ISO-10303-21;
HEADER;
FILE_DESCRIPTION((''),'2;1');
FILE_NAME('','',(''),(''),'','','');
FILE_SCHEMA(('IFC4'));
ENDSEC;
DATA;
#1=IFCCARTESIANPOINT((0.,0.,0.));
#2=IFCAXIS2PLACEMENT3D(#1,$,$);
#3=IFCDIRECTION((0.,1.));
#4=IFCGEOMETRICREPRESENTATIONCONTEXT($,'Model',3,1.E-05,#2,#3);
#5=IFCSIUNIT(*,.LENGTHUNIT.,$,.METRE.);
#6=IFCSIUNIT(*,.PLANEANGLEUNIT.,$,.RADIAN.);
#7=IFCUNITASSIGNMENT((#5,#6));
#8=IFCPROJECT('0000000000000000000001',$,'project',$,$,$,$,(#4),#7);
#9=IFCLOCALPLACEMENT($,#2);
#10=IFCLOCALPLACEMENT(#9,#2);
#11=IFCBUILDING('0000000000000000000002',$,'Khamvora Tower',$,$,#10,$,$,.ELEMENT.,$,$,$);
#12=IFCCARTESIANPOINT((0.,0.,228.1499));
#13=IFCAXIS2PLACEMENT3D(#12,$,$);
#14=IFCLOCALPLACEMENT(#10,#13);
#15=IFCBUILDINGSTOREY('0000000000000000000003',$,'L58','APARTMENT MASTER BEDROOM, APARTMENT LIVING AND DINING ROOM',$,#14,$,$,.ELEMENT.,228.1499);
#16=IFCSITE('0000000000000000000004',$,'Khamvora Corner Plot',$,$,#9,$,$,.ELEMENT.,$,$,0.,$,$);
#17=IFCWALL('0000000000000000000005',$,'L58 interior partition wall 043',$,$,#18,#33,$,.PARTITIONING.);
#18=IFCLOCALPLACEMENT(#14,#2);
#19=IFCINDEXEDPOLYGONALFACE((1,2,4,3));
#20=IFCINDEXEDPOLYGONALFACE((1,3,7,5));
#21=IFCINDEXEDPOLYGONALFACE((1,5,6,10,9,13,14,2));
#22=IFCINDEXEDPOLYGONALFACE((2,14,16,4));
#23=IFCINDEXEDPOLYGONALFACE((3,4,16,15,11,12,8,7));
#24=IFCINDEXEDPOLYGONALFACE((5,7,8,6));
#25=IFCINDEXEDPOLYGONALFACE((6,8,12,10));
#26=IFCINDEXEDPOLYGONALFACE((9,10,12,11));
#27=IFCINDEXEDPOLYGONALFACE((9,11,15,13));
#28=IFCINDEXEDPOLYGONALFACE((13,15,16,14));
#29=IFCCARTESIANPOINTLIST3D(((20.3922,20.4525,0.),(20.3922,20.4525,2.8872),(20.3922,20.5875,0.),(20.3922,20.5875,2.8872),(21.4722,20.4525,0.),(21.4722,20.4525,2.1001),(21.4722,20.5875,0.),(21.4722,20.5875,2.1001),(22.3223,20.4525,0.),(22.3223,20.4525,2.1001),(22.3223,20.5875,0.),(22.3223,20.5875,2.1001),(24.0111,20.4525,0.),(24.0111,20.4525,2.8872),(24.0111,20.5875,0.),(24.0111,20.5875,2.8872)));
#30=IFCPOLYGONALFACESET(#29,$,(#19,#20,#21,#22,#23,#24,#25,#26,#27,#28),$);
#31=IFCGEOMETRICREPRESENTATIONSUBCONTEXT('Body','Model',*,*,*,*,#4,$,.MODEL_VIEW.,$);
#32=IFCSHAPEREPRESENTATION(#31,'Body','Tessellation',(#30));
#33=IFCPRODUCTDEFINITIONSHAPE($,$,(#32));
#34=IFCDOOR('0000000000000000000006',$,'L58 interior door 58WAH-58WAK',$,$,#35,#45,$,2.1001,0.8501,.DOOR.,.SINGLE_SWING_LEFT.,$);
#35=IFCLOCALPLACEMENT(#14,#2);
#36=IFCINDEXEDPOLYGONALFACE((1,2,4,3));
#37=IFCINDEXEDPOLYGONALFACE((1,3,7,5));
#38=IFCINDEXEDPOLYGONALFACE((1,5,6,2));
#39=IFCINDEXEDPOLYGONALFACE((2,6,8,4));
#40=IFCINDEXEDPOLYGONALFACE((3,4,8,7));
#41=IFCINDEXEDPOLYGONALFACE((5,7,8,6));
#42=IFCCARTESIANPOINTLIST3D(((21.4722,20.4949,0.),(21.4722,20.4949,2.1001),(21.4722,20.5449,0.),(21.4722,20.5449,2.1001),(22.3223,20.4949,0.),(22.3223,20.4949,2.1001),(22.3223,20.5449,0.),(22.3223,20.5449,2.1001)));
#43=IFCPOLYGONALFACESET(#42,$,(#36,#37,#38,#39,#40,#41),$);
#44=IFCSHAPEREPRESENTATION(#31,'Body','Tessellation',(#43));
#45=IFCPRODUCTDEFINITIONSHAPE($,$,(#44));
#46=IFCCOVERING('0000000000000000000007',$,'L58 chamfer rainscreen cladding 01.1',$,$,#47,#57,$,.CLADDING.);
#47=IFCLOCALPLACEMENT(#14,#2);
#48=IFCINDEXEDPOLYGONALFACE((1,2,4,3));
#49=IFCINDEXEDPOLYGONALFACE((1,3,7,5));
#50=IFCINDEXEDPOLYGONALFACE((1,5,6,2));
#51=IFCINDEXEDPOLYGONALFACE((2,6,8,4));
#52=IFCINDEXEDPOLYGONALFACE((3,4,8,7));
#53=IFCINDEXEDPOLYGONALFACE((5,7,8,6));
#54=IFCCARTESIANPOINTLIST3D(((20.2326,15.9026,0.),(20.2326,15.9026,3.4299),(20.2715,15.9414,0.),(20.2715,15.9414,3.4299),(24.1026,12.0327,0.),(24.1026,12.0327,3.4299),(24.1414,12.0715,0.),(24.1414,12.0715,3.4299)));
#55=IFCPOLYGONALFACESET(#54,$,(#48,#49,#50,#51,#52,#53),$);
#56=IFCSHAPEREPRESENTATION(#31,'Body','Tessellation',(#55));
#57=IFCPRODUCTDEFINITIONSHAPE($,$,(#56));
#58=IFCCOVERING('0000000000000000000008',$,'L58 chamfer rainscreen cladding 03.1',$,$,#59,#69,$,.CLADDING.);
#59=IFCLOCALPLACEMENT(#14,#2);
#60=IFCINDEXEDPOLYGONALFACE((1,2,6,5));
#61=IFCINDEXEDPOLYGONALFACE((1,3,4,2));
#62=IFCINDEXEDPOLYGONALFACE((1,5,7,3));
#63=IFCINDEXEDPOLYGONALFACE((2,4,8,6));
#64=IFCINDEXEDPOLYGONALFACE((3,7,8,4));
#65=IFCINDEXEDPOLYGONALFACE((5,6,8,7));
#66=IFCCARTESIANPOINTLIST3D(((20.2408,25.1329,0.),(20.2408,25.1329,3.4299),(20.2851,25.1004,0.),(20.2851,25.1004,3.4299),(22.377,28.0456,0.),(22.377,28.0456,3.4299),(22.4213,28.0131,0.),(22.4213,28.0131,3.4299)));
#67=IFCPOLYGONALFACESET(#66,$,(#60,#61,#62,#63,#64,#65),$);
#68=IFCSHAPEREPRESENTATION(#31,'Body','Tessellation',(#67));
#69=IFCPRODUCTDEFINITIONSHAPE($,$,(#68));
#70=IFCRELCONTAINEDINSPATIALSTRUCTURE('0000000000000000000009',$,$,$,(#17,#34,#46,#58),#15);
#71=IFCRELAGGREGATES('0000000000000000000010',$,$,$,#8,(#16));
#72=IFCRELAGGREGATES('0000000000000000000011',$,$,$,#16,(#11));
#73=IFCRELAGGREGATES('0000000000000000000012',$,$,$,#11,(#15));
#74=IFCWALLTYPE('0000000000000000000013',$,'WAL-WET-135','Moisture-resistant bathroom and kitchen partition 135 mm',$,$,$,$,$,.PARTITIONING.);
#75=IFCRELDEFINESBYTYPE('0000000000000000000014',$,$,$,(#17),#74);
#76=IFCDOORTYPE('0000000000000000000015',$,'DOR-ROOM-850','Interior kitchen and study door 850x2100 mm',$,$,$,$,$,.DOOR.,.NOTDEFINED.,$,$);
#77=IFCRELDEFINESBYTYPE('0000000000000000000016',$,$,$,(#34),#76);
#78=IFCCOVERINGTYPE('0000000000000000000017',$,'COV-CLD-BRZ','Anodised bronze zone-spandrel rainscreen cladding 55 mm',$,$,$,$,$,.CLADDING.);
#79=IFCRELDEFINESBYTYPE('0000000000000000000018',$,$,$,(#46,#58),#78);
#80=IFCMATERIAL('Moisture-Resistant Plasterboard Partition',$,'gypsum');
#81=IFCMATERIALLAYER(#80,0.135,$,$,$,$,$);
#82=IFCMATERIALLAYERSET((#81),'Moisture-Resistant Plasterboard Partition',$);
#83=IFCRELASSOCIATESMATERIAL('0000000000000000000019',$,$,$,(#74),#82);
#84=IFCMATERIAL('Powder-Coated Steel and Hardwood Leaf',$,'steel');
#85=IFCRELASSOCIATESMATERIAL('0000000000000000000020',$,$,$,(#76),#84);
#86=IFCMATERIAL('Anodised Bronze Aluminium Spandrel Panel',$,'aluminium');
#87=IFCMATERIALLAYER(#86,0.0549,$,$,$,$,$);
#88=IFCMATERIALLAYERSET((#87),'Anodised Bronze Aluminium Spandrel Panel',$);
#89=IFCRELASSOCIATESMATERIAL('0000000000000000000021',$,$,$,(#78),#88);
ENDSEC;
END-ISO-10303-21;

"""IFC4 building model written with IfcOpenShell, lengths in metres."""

from ifc_helpers import new_model, si_unit, direction, frame, frame_2d, origin, origin_2d, place, context, subcontext, project, spatial, rectangle, extrude, material, layer, layer_set, type_object, element, fill, save


model = new_model("IFC4")

# Units and contexts
model_context = context("Model", 3, precision=1e-05, world=origin(), true_north=direction((0.0, 1.0)))
body_context = subcontext(model_context, "Body", "Model", "MODEL_VIEW")
ifc_project = project(units=[si_unit("LENGTHUNIT", "METRE"), si_unit("PLANEANGLEUNIT", "RADIAN")], contexts=[model_context])

# Site, building, storey
site_placement = place(None, origin())
site = spatial("IfcSite", under=ifc_project, at=site_placement, Name="Khamvora Corner Plot", CompositionType="ELEMENT", RefElevation=0.0)
building_placement = place(site_placement, origin())
building = spatial("IfcBuilding", under=site, at=building_placement, Name="Khamvora Tower", CompositionType="ELEMENT")
storey_placement = place(building_placement, frame((0.0, 0.0, 228.1499)))
storey = spatial("IfcBuildingStorey", under=building, at=storey_placement, Name="L58", Description="APARTMENT MASTER BEDROOM, APARTMENT LIVING AND DINING ROOM", CompositionType="ELEMENT", Elevation=228.1499)

# Wall, opening, door
ifc_material_1 = material(Name="Moisture-Resistant Plasterboard Partition", Category="gypsum")
ifc_layer_1 = layer(ifc_material_1, 0.135)
ifc_layer_set_1 = layer_set([ifc_layer_1], Name="Moisture-Resistant Plasterboard Partition")
wall_type_1 = type_object("IfcWallType", Name="WAL-WET-135", Description="Moisture-resistant bathroom and kitchen partition 135 mm", PredefinedType="PARTITIONING", material=ifc_layer_set_1)
ifc_material_2 = material(Name="Powder-Coated Steel and Hardwood Leaf", Category="steel")
wall_1_placement = place(storey_placement, frame((20.3921, 20.52, 0.0), z_axis=(0.0, 0.0, 1.0), x_axis=(1.0, 0.0, 0.0)))
wall_1 = element("IfcWall", 1, at=wall_1_placement, inside=storey, type_object=wall_type_1, Name="L58 interior partition wall 043", PredefinedType="PARTITIONING", context=body_context, shape_type="SweptSolid", body=[
    extrude(rectangle(XDim=3.6189, YDim=0.135, at=frame_2d((1.8096, 0.0))), origin(), (0.0, 0.0, 1.0), 2.8872),
])
opening_1_placement = place(wall_1_placement, frame((1.0801, 0.0, 0.0)))
opening_1 = element("IfcOpeningElement", 2, at=opening_1_placement, cuts=wall_1, PredefinedType="OPENING", context=body_context, shape_type="SweptSolid", body=[
    extrude(rectangle(XDim=0.8501, YDim=2.1001, at=frame_2d((0.425, 1.05))), frame((0.0, 0.0774, 0.0), z_axis=(0.0, -1.0, 0.0), x_axis=(1.0, 0.0, 0.0)), (0.0, 0.0, 1.0), 0.155),
])
door_type_1 = type_object("IfcDoorType", Name="DOR-ROOM-850", Description="Interior kitchen and study door 850x2100 mm", OperationType="NOTDEFINED", PredefinedType="DOOR", material=ifc_material_2)
door_1_placement = place(opening_1_placement, origin())
door_1 = element("IfcDoor", 3, at=door_1_placement, inside=storey, type_object=door_type_1, Name="L58 interior door 58WAH-58WAK", OperationType="SINGLE_SWING_LEFT", OverallHeight=2.1001, OverallWidth=0.8501, PredefinedType="DOOR", context=body_context, shape_type="SweptSolid", body=[
    extrude(rectangle(XDim=0.8501, YDim=2.1001, at=frame_2d((0.425, 1.05))), frame((0.0, 0.0249, 0.0), z_axis=(0.0, -1.0, 0.0), x_axis=(1.0, 0.0, 0.0)), (0.0, 0.0, 1.0), 0.05),
])
fill(opening_1, door_1)

# Coverings
ifc_material_3 = material(Name="Anodised Bronze Aluminium Spandrel Panel", Category="aluminium")
ifc_layer_2 = layer(ifc_material_3, 0.0549)
ifc_layer_set_2 = layer_set([ifc_layer_2], Name="Anodised Bronze Aluminium Spandrel Panel")
covering_type = type_object("IfcCoveringType", Name="COV-CLD-BRZ", Description="Anodised bronze zone-spandrel rainscreen cladding 55 mm", PredefinedType="CLADDING", material=ifc_layer_set_2)
covering_1_placement = place(storey_placement, frame((22.187, 13.9871, 0.0), z_axis=(0.0, 0.0, 1.0), x_axis=(-0.707107, 0.707107, 0.0)))
element("IfcCovering", 4, at=covering_1_placement, inside=storey, type_object=covering_type, Name="L58 chamfer rainscreen cladding 01.1", PredefinedType="CLADDING", context=body_context, shape_type="SweptSolid", body=[
    extrude(rectangle(XDim=5.4729, YDim=0.0549, at=origin_2d()), origin(), (0.0, 0.0, 1.0), 3.4299),
])
covering_2_placement = place(storey_placement, frame((21.3311, 26.573, 0.0), z_axis=(0.0, 0.0, 1.0), x_axis=(0.591387, 0.806388, 0.0)))
element("IfcCovering", 5, at=covering_2_placement, inside=storey, type_object=covering_type, Name="L58 chamfer rainscreen cladding 03.1", PredefinedType="CLADDING", context=body_context, shape_type="SweptSolid", body=[
    extrude(rectangle(XDim=3.6121, YDim=0.0549, at=origin_2d()), origin(), (0.0, 0.0, 1.0), 3.4299),
])

save(model, "model.ifc")
